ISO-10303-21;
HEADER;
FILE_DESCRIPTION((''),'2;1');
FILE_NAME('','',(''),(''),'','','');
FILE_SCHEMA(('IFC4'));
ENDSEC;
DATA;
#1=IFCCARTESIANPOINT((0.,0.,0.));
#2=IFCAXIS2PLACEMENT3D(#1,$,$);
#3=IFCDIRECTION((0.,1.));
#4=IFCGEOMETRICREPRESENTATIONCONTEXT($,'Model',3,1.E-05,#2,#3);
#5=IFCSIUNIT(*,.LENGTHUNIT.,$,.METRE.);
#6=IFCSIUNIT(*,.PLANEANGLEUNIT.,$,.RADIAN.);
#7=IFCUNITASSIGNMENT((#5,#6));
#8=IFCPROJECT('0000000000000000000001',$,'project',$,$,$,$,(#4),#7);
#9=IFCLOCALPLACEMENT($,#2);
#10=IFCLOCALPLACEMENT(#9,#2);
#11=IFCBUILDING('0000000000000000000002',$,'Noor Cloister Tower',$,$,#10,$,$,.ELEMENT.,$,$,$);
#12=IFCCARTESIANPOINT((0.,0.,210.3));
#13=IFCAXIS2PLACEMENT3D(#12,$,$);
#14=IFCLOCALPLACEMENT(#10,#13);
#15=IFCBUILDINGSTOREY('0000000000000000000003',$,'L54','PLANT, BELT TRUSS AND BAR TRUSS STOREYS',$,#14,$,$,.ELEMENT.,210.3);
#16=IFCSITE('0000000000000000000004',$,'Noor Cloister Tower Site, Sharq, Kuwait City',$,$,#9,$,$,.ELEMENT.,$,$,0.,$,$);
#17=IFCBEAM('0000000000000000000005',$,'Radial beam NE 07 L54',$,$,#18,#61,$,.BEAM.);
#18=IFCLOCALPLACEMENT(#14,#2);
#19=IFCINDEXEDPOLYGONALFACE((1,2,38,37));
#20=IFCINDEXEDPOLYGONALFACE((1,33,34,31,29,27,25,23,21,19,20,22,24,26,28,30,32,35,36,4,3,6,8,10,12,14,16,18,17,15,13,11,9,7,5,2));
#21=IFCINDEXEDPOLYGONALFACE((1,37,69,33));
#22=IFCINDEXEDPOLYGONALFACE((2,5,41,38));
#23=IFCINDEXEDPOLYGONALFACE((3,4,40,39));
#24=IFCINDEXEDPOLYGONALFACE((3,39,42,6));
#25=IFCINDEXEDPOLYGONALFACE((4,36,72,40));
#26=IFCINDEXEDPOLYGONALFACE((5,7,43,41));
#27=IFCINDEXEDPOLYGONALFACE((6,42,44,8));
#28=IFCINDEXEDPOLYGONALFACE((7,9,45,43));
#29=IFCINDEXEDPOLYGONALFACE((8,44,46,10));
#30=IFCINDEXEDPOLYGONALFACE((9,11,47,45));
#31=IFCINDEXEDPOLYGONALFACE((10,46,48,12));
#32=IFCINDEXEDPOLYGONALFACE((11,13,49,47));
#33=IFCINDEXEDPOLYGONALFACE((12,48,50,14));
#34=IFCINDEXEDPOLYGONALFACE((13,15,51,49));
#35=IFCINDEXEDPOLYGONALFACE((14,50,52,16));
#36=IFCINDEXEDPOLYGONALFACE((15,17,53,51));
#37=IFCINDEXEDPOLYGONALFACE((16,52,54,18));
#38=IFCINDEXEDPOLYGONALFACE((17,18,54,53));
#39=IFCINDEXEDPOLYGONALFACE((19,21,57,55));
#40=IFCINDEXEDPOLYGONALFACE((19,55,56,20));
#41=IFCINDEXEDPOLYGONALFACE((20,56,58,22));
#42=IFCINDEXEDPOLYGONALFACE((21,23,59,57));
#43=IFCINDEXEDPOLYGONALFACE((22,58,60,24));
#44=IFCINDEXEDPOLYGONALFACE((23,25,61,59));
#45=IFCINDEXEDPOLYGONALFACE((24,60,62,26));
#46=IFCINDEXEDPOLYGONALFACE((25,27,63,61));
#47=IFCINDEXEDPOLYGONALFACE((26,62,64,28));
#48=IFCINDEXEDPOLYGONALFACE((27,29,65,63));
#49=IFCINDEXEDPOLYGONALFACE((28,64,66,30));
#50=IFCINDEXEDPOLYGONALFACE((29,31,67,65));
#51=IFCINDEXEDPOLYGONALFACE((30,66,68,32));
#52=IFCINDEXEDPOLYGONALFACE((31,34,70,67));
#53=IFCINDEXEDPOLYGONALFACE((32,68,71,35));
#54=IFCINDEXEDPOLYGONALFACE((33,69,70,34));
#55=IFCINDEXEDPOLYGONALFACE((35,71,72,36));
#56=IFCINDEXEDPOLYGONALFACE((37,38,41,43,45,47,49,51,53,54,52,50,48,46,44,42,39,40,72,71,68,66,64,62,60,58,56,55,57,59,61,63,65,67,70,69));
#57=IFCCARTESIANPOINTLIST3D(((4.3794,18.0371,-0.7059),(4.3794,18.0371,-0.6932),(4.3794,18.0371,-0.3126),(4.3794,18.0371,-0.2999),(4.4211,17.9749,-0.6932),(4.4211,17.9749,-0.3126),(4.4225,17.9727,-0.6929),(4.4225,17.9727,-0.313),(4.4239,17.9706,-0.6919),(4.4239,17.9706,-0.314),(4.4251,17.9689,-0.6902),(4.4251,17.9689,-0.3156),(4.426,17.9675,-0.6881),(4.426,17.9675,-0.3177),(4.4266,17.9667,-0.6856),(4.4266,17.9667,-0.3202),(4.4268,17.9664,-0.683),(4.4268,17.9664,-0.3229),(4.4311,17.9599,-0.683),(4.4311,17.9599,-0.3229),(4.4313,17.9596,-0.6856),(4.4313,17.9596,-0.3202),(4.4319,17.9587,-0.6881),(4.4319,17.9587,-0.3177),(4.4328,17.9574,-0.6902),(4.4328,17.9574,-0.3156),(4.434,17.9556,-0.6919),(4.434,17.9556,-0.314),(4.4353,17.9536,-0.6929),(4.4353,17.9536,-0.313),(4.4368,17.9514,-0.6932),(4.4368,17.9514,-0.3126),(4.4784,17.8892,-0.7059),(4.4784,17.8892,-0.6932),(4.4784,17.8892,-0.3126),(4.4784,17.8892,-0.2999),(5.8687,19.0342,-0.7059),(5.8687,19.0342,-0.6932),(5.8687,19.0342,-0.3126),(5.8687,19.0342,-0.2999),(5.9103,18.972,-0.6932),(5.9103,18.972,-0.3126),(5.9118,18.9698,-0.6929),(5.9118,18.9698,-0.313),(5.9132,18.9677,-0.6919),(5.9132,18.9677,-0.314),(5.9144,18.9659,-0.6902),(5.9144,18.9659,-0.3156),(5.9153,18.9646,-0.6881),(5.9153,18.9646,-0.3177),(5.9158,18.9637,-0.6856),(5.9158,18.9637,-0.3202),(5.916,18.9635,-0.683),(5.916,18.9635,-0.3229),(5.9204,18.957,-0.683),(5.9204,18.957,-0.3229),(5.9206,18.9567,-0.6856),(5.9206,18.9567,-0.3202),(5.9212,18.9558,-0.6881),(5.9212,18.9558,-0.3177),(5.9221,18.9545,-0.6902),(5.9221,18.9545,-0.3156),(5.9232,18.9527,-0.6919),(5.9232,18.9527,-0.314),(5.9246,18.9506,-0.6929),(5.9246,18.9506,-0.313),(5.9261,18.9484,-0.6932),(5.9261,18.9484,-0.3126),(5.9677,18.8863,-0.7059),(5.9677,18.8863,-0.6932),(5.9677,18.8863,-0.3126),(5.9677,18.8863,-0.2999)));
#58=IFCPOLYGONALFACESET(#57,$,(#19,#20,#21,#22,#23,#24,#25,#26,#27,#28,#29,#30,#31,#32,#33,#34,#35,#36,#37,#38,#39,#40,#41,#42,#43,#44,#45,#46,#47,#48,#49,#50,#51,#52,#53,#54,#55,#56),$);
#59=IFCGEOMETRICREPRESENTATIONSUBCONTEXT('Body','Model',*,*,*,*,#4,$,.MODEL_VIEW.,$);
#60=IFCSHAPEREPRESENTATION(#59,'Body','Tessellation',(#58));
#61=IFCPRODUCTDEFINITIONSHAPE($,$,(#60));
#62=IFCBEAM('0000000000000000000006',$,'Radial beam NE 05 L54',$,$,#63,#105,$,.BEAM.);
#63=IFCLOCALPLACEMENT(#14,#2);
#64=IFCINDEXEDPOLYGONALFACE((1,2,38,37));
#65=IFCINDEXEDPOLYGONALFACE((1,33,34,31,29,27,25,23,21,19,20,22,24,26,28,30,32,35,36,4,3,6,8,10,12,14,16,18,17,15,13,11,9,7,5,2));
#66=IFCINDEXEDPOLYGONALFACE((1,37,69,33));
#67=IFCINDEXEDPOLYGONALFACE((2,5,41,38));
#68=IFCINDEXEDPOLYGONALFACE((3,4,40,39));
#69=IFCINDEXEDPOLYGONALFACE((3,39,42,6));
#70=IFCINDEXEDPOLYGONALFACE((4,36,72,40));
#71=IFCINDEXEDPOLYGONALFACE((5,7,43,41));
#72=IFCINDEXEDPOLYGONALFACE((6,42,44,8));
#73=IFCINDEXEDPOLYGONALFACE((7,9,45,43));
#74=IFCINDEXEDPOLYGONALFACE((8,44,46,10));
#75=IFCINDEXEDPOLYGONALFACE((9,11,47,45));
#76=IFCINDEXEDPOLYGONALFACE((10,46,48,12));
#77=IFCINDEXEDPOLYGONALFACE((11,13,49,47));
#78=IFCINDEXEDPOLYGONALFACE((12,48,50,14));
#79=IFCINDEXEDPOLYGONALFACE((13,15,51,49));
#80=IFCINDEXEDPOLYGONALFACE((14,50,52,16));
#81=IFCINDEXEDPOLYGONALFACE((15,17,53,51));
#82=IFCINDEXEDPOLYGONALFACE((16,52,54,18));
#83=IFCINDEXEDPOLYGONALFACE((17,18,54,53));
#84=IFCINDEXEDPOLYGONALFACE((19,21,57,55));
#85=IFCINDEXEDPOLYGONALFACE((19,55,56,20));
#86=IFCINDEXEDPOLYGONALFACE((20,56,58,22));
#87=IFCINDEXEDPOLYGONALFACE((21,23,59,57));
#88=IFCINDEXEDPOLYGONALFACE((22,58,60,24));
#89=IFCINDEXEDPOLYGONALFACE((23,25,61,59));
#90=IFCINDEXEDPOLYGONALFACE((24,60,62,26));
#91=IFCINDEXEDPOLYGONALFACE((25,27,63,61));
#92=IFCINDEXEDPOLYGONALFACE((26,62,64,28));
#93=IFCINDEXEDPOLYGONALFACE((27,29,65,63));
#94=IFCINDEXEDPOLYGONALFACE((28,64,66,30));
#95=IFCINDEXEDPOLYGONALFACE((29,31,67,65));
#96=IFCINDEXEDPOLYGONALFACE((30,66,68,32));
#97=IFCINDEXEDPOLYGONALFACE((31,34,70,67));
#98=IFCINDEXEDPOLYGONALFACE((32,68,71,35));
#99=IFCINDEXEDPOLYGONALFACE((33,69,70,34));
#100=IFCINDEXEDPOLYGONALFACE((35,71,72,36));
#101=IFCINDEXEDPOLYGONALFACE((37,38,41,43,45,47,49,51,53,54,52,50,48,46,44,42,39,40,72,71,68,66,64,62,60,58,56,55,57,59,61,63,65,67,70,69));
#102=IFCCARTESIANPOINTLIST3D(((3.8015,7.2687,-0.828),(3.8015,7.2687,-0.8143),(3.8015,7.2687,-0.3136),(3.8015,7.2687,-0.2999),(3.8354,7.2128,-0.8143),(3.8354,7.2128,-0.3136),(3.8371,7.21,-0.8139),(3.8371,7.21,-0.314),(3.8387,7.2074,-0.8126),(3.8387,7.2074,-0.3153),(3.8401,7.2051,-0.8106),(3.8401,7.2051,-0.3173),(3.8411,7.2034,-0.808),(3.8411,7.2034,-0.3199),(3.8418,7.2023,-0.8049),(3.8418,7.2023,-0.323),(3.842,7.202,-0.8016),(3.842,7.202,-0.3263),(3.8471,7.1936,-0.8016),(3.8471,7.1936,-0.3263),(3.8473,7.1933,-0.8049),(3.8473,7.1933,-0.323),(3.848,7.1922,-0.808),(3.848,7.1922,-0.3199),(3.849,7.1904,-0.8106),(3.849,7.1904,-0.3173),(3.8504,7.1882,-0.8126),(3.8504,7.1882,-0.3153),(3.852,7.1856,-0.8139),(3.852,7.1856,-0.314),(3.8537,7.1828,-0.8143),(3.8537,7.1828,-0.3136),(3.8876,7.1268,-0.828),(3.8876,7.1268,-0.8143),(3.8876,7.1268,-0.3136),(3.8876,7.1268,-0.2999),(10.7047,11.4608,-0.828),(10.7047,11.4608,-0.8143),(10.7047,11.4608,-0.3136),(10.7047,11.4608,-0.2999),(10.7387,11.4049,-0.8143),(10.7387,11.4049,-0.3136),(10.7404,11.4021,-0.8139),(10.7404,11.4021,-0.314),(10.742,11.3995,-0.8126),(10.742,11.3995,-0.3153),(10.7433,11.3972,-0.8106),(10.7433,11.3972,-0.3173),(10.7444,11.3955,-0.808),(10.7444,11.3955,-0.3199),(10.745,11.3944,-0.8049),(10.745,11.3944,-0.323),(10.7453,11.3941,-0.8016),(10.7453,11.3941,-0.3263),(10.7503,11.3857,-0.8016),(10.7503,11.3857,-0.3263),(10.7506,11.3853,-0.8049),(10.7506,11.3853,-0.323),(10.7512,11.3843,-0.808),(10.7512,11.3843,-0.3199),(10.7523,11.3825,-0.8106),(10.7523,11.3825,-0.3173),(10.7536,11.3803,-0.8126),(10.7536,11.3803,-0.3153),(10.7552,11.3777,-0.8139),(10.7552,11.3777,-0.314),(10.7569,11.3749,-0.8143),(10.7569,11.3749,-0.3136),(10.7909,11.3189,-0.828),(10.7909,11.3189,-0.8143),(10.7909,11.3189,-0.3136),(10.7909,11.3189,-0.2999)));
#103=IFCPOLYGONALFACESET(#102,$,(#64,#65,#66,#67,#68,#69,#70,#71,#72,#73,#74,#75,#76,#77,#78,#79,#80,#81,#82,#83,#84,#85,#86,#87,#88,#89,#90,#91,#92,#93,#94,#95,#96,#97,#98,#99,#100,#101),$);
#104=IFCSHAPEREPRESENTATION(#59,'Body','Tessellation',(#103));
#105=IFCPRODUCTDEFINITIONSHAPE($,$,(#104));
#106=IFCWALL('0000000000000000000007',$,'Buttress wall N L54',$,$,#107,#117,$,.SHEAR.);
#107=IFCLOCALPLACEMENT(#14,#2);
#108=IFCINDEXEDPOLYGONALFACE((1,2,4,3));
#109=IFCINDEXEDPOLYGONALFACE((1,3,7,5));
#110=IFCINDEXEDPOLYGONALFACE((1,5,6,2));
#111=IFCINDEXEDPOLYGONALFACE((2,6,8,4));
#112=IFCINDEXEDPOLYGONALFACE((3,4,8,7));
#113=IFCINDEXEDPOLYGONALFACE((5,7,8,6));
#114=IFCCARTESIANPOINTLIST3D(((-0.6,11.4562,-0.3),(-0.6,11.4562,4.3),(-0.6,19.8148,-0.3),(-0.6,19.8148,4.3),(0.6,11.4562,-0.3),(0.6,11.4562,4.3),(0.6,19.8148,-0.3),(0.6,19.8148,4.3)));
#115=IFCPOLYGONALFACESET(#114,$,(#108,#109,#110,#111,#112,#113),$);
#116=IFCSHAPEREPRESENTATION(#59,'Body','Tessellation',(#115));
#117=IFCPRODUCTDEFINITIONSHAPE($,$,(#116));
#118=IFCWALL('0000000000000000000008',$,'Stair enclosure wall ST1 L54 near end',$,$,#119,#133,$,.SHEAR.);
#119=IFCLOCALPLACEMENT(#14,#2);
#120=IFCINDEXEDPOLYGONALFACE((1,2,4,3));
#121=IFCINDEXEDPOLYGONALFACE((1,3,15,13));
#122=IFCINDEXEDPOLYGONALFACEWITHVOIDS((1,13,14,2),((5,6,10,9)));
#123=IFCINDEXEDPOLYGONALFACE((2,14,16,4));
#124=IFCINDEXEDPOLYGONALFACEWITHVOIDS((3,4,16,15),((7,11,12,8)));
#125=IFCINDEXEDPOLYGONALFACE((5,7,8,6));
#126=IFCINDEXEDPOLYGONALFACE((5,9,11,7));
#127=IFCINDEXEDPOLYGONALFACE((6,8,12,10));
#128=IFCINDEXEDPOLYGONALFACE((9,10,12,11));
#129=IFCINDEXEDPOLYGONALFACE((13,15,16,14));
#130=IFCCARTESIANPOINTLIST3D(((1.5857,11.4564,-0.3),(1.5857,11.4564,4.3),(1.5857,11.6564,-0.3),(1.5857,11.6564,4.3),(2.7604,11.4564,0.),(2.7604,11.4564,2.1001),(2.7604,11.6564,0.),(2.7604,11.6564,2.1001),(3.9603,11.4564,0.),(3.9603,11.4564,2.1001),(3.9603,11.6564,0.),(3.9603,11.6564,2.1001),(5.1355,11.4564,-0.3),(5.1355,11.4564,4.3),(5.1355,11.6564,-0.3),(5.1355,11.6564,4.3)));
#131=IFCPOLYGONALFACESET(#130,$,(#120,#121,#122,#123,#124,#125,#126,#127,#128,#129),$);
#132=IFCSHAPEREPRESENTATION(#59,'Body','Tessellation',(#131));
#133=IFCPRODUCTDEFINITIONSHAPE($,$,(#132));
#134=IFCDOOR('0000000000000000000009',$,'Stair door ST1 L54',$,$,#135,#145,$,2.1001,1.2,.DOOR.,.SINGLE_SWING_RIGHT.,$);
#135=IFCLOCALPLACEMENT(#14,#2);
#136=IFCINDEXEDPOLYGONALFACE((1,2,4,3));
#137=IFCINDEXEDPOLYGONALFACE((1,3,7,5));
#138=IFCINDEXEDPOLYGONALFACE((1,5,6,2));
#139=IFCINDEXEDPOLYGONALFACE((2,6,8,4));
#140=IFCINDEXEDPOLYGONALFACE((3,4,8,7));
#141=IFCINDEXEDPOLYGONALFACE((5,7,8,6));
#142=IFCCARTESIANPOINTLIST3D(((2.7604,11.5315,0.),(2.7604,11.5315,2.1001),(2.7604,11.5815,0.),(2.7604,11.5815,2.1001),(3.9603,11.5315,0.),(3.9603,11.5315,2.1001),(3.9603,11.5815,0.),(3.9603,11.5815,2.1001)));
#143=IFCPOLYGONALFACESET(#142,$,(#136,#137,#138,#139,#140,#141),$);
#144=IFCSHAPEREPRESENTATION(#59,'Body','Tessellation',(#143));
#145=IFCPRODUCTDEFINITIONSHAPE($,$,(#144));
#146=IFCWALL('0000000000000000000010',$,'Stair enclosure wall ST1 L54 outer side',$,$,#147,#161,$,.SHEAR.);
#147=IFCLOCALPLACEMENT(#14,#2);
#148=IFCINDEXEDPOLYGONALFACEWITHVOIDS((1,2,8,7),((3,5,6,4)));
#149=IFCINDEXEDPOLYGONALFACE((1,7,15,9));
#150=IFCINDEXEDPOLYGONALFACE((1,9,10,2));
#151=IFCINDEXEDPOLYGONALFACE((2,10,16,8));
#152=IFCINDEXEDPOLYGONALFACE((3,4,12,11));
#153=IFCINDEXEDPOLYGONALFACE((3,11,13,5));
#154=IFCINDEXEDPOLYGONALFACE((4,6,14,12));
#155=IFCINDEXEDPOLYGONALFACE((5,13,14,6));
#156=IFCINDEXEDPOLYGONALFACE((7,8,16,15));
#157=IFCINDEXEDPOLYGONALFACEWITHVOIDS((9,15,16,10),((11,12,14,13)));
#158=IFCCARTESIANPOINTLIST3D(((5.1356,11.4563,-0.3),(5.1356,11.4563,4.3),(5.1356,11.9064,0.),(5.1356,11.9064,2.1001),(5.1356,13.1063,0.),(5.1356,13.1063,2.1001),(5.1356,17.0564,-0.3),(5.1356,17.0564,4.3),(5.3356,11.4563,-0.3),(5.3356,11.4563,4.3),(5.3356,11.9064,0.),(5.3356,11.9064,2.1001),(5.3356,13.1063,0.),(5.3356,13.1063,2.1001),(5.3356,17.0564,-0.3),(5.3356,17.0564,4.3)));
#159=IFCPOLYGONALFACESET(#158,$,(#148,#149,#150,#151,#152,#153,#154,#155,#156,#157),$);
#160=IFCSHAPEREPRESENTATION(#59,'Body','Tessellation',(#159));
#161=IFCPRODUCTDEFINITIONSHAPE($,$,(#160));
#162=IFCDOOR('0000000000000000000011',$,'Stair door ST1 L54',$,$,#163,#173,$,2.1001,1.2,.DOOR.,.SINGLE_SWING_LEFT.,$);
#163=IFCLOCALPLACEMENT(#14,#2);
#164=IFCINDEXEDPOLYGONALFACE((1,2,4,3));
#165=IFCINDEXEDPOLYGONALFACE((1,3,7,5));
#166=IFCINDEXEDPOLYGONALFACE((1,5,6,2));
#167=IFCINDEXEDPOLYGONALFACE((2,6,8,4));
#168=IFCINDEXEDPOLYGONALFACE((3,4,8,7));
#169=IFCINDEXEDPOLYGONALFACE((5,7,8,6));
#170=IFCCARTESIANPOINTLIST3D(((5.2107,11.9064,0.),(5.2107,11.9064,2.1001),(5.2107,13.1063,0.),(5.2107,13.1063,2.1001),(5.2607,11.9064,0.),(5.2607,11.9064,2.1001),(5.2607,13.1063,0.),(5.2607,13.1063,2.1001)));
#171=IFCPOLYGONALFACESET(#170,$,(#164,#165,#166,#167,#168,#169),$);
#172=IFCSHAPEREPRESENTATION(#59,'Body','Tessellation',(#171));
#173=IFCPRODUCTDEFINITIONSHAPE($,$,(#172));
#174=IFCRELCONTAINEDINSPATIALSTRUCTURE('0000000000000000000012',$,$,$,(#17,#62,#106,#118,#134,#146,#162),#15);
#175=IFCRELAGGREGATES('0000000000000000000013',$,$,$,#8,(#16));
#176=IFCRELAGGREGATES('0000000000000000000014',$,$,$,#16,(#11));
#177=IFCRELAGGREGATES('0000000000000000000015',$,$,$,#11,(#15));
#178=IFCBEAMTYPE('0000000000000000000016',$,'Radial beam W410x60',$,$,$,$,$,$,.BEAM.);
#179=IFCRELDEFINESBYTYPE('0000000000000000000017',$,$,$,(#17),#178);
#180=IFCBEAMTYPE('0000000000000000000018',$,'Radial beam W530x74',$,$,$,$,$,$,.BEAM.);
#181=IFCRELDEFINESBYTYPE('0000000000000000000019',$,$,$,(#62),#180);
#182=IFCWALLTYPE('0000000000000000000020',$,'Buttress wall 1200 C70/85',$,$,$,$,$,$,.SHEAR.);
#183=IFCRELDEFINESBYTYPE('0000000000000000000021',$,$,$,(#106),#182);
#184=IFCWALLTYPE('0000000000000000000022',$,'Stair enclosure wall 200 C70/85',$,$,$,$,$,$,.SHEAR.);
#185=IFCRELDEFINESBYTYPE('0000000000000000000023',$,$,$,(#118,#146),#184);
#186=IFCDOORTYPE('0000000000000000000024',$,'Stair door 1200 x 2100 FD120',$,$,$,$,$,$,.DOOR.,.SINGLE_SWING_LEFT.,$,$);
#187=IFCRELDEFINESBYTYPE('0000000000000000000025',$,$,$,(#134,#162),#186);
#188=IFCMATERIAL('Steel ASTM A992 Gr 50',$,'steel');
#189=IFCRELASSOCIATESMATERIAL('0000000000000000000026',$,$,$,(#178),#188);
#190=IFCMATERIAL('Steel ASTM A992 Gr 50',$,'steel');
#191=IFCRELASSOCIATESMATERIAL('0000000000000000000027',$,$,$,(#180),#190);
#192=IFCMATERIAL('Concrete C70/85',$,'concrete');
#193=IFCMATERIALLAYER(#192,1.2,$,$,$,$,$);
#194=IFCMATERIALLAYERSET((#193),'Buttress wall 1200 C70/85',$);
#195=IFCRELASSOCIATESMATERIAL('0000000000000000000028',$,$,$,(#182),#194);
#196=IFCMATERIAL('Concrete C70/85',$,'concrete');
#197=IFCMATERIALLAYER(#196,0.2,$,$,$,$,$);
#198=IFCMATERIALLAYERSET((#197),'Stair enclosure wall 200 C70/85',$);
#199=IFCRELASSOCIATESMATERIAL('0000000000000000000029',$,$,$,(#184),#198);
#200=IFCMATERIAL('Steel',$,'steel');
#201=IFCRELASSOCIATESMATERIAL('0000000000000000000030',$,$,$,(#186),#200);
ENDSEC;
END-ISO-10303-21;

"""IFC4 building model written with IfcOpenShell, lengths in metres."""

from ifc_helpers import new_model, si_unit, direction, frame, frame_2d, origin, origin_2d, place, context, subcontext, project, spatial, rectangle, i_section, extrude, material, layer, layer_set, material_profile, profile_set, type_object, element, fill, save


model = new_model("IFC4")

# Units and contexts
model_context = context("Model", 3, precision=1e-05, world=origin(), true_north=direction((0.0, 1.0)))
body_context = subcontext(model_context, "Body", "Model", "MODEL_VIEW")
ifc_project = project(units=[si_unit("LENGTHUNIT", "METRE"), si_unit("PLANEANGLEUNIT", "RADIAN")], contexts=[model_context])

# Site, building, storey
site_placement = place(None, origin())
site = spatial("IfcSite", under=ifc_project, at=site_placement, Name="Noor Cloister Tower Site, Sharq, Kuwait City", CompositionType="ELEMENT", RefElevation=0.0)
building_placement = place(site_placement, origin())
building = spatial("IfcBuilding", under=site, at=building_placement, Name="Noor Cloister Tower", CompositionType="ELEMENT")
storey_placement = place(building_placement, frame((0.0, 0.0, 210.3)))
storey = spatial("IfcBuildingStorey", under=building, at=storey_placement, Name="L54", Description="PLANT, BELT TRUSS AND BAR TRUSS STOREYS", CompositionType="ELEMENT", Elevation=210.3)

# Beams
ifc_material_1 = material(Name="Steel ASTM A992 Gr 50", Category="steel")
ifc_material_profile_1 = material_profile(ifc_material_1, i_section(OverallWidth=0.178, OverallDepth=0.406, WebThickness=0.0078, FlangeThickness=0.0127, FilletRadius=0.0103, at=origin_2d()), Name="W410x60")
ifc_profile_set_1 = profile_set([ifc_material_profile_1], Name="Steel ASTM A992 Gr 50")
beam_type_1 = type_object("IfcBeamType", Name="Radial beam W410x60", PredefinedType="BEAM", material=ifc_profile_set_1)
beam_1_placement = place(storey_placement, frame((5.9182, 18.9602, -0.5029), z_axis=(-0.830959, -0.556334, 0.0), x_axis=(0.556334, -0.830959, 0.0)))
element("IfcBeam", 1, at=beam_1_placement, inside=storey, type_object=beam_type_1, Name="Radial beam NE 07 L54", PredefinedType="BEAM", context=body_context, shape_type="SweptSolid", body=[
    extrude(i_section(OverallWidth=0.178, OverallDepth=0.406, WebThickness=0.0078, FlangeThickness=0.0127, FilletRadius=0.0103, at=origin_2d()), origin(), (0.0, 0.0, 1.0), 1.7922),
])
ifc_material_2 = material(Name="Steel ASTM A992 Gr 50", Category="steel")
ifc_material_profile_2 = material_profile(ifc_material_2, i_section(OverallWidth=0.166, OverallDepth=0.5281, WebThickness=0.0098, FlangeThickness=0.0137, FilletRadius=0.0127, at=origin_2d()), Name="W530x74")
ifc_profile_set_2 = profile_set([ifc_material_profile_2], Name="Steel ASTM A992 Gr 50")
beam_type_2 = type_object("IfcBeamType", Name="Radial beam W530x74", PredefinedType="BEAM", material=ifc_profile_set_2)
beam_2_placement = place(storey_placement, frame((10.7478, 11.3899, -0.564), z_axis=(-0.854742, -0.519054, 0.0), x_axis=(0.519054, -0.854742, 0.0)))
element("IfcBeam", 2, at=beam_2_placement, inside=storey, type_object=beam_type_2, Name="Radial beam NE 05 L54", PredefinedType="BEAM", context=body_context, shape_type="SweptSolid", body=[
    extrude(i_section(OverallWidth=0.166, OverallDepth=0.5281, WebThickness=0.0098, FlangeThickness=0.0137, FilletRadius=0.0127, at=origin_2d()), origin(), (0.0, 0.0, 1.0), 8.0764),
])

# Wall
ifc_material_3 = material(Name="Concrete C70/85", Category="concrete")
ifc_layer_1 = layer(ifc_material_3, 1.2)
ifc_layer_set_1 = layer_set([ifc_layer_1], Name="Buttress wall 1200 C70/85")
wall_type_1 = type_object("IfcWallType", Name="Buttress wall 1200 C70/85", PredefinedType="SHEAR", material=ifc_layer_set_1)
wall_1_placement = place(storey_placement, frame((0.0, 11.4563, -0.3), z_axis=(0.0, 0.0, 1.0), x_axis=(0.0, 1.0, 0.0)))
element("IfcWall", 3, at=wall_1_placement, inside=storey, type_object=wall_type_1, Name="Buttress wall N L54", PredefinedType="SHEAR", context=body_context, shape_type="SweptSolid", body=[
    extrude(rectangle(XDim=8.3586, YDim=1.2, at=frame_2d((4.1792, 0.0))), origin(), (0.0, 0.0, 1.0), 4.6001),
])

# Walls, openings, doors
ifc_material_4 = material(Name="Concrete C70/85", Category="concrete")
ifc_layer_2 = layer(ifc_material_4, 0.2)
ifc_layer_set_2 = layer_set([ifc_layer_2], Name="Stair enclosure wall 200 C70/85")
wall_type_2 = type_object("IfcWallType", Name="Stair enclosure wall 200 C70/85", PredefinedType="SHEAR", material=ifc_layer_set_2)
wall_2_placement = place(storey_placement, frame((5.1355, 11.5564, -0.3), z_axis=(0.0, 0.0, 1.0), x_axis=(-1.0, 0.0, 0.0)))
wall_2 = element("IfcWall", 4, at=wall_2_placement, inside=storey, type_object=wall_type_2, Name="Stair enclosure wall ST1 L54 near end", PredefinedType="SHEAR", context=body_context, shape_type="SweptSolid", body=[
    extrude(rectangle(XDim=3.5498, YDim=0.2, at=frame_2d((1.7749, 0.0))), origin(), (0.0, 0.0, 1.0), 4.6001),
])
opening_1_placement = place(wall_2_placement, frame((1.175, 0.0, 0.3)))
opening_1 = element("IfcOpeningElement", 5, at=opening_1_placement, cuts=wall_2, PredefinedType="OPENING", context=body_context, shape_type="SweptSolid", body=[
    extrude(rectangle(XDim=1.2, YDim=2.1001, at=frame_2d((0.6001, 1.05))), frame((0.0, 0.1099, 0.0), z_axis=(0.0, -1.0, 0.0), x_axis=(1.0, 0.0, 0.0)), (0.0, 0.0, 1.0), 0.22),
])
ifc_material_5 = material(Name="Steel", Category="steel")
door_type = type_object("IfcDoorType", Name="Stair door 1200 x 2100 FD120", OperationType="SINGLE_SWING_LEFT", PredefinedType="DOOR", material=ifc_material_5)
door_1_placement = place(opening_1_placement, origin())
door_1 = element("IfcDoor", 6, at=door_1_placement, inside=storey, type_object=door_type, Name="Stair door ST1 L54", OperationType="SINGLE_SWING_RIGHT", OverallHeight=2.1001, OverallWidth=1.2, PredefinedType="DOOR", context=body_context, shape_type="SweptSolid", body=[
    extrude(rectangle(XDim=1.2, YDim=2.1001, at=frame_2d((0.6001, 1.05))), frame((0.0, 0.0249, 0.0), z_axis=(0.0, -1.0, 0.0), x_axis=(1.0, 0.0, 0.0)), (0.0, 0.0, 1.0), 0.05),
])
fill(opening_1, door_1)
wall_3_placement = place(storey_placement, frame((5.2356, 11.4563, -0.3), z_axis=(0.0, 0.0, 1.0), x_axis=(0.0, 1.0, 0.0)))
wall_3 = element("IfcWall", 7, at=wall_3_placement, inside=storey, type_object=wall_type_2, Name="Stair enclosure wall ST1 L54 outer side", PredefinedType="SHEAR", context=body_context, shape_type="SweptSolid", body=[
    extrude(rectangle(XDim=5.6001, YDim=0.2, at=frame_2d((2.8, 0.0))), origin(), (0.0, 0.0, 1.0), 4.6001),
])
opening_2_placement = place(wall_3_placement, frame((0.45, 0.0, 0.3)))
opening_2 = element("IfcOpeningElement", 8, at=opening_2_placement, cuts=wall_3, PredefinedType="OPENING", context=body_context, shape_type="SweptSolid", body=[
    extrude(rectangle(XDim=1.2, YDim=2.1001, at=frame_2d((0.6001, 1.05))), frame((0.0, 0.1099, 0.0), z_axis=(0.0, -1.0, 0.0), x_axis=(1.0, 0.0, 0.0)), (0.0, 0.0, 1.0), 0.22),
])
door_2_placement = place(opening_2_placement, origin())
door_2 = element("IfcDoor", 9, at=door_2_placement, inside=storey, type_object=door_type, Name="Stair door ST1 L54", OperationType="SINGLE_SWING_LEFT", OverallHeight=2.1001, OverallWidth=1.2, PredefinedType="DOOR", context=body_context, shape_type="SweptSolid", body=[
    extrude(rectangle(XDim=1.2, YDim=2.1001, at=frame_2d((0.6001, 1.05))), frame((0.0, 0.0249, 0.0), z_axis=(0.0, -1.0, 0.0), x_axis=(1.0, 0.0, 0.0)), (0.0, 0.0, 1.0), 0.05),
])
fill(opening_2, door_2)

save(model, "model.ifc")
